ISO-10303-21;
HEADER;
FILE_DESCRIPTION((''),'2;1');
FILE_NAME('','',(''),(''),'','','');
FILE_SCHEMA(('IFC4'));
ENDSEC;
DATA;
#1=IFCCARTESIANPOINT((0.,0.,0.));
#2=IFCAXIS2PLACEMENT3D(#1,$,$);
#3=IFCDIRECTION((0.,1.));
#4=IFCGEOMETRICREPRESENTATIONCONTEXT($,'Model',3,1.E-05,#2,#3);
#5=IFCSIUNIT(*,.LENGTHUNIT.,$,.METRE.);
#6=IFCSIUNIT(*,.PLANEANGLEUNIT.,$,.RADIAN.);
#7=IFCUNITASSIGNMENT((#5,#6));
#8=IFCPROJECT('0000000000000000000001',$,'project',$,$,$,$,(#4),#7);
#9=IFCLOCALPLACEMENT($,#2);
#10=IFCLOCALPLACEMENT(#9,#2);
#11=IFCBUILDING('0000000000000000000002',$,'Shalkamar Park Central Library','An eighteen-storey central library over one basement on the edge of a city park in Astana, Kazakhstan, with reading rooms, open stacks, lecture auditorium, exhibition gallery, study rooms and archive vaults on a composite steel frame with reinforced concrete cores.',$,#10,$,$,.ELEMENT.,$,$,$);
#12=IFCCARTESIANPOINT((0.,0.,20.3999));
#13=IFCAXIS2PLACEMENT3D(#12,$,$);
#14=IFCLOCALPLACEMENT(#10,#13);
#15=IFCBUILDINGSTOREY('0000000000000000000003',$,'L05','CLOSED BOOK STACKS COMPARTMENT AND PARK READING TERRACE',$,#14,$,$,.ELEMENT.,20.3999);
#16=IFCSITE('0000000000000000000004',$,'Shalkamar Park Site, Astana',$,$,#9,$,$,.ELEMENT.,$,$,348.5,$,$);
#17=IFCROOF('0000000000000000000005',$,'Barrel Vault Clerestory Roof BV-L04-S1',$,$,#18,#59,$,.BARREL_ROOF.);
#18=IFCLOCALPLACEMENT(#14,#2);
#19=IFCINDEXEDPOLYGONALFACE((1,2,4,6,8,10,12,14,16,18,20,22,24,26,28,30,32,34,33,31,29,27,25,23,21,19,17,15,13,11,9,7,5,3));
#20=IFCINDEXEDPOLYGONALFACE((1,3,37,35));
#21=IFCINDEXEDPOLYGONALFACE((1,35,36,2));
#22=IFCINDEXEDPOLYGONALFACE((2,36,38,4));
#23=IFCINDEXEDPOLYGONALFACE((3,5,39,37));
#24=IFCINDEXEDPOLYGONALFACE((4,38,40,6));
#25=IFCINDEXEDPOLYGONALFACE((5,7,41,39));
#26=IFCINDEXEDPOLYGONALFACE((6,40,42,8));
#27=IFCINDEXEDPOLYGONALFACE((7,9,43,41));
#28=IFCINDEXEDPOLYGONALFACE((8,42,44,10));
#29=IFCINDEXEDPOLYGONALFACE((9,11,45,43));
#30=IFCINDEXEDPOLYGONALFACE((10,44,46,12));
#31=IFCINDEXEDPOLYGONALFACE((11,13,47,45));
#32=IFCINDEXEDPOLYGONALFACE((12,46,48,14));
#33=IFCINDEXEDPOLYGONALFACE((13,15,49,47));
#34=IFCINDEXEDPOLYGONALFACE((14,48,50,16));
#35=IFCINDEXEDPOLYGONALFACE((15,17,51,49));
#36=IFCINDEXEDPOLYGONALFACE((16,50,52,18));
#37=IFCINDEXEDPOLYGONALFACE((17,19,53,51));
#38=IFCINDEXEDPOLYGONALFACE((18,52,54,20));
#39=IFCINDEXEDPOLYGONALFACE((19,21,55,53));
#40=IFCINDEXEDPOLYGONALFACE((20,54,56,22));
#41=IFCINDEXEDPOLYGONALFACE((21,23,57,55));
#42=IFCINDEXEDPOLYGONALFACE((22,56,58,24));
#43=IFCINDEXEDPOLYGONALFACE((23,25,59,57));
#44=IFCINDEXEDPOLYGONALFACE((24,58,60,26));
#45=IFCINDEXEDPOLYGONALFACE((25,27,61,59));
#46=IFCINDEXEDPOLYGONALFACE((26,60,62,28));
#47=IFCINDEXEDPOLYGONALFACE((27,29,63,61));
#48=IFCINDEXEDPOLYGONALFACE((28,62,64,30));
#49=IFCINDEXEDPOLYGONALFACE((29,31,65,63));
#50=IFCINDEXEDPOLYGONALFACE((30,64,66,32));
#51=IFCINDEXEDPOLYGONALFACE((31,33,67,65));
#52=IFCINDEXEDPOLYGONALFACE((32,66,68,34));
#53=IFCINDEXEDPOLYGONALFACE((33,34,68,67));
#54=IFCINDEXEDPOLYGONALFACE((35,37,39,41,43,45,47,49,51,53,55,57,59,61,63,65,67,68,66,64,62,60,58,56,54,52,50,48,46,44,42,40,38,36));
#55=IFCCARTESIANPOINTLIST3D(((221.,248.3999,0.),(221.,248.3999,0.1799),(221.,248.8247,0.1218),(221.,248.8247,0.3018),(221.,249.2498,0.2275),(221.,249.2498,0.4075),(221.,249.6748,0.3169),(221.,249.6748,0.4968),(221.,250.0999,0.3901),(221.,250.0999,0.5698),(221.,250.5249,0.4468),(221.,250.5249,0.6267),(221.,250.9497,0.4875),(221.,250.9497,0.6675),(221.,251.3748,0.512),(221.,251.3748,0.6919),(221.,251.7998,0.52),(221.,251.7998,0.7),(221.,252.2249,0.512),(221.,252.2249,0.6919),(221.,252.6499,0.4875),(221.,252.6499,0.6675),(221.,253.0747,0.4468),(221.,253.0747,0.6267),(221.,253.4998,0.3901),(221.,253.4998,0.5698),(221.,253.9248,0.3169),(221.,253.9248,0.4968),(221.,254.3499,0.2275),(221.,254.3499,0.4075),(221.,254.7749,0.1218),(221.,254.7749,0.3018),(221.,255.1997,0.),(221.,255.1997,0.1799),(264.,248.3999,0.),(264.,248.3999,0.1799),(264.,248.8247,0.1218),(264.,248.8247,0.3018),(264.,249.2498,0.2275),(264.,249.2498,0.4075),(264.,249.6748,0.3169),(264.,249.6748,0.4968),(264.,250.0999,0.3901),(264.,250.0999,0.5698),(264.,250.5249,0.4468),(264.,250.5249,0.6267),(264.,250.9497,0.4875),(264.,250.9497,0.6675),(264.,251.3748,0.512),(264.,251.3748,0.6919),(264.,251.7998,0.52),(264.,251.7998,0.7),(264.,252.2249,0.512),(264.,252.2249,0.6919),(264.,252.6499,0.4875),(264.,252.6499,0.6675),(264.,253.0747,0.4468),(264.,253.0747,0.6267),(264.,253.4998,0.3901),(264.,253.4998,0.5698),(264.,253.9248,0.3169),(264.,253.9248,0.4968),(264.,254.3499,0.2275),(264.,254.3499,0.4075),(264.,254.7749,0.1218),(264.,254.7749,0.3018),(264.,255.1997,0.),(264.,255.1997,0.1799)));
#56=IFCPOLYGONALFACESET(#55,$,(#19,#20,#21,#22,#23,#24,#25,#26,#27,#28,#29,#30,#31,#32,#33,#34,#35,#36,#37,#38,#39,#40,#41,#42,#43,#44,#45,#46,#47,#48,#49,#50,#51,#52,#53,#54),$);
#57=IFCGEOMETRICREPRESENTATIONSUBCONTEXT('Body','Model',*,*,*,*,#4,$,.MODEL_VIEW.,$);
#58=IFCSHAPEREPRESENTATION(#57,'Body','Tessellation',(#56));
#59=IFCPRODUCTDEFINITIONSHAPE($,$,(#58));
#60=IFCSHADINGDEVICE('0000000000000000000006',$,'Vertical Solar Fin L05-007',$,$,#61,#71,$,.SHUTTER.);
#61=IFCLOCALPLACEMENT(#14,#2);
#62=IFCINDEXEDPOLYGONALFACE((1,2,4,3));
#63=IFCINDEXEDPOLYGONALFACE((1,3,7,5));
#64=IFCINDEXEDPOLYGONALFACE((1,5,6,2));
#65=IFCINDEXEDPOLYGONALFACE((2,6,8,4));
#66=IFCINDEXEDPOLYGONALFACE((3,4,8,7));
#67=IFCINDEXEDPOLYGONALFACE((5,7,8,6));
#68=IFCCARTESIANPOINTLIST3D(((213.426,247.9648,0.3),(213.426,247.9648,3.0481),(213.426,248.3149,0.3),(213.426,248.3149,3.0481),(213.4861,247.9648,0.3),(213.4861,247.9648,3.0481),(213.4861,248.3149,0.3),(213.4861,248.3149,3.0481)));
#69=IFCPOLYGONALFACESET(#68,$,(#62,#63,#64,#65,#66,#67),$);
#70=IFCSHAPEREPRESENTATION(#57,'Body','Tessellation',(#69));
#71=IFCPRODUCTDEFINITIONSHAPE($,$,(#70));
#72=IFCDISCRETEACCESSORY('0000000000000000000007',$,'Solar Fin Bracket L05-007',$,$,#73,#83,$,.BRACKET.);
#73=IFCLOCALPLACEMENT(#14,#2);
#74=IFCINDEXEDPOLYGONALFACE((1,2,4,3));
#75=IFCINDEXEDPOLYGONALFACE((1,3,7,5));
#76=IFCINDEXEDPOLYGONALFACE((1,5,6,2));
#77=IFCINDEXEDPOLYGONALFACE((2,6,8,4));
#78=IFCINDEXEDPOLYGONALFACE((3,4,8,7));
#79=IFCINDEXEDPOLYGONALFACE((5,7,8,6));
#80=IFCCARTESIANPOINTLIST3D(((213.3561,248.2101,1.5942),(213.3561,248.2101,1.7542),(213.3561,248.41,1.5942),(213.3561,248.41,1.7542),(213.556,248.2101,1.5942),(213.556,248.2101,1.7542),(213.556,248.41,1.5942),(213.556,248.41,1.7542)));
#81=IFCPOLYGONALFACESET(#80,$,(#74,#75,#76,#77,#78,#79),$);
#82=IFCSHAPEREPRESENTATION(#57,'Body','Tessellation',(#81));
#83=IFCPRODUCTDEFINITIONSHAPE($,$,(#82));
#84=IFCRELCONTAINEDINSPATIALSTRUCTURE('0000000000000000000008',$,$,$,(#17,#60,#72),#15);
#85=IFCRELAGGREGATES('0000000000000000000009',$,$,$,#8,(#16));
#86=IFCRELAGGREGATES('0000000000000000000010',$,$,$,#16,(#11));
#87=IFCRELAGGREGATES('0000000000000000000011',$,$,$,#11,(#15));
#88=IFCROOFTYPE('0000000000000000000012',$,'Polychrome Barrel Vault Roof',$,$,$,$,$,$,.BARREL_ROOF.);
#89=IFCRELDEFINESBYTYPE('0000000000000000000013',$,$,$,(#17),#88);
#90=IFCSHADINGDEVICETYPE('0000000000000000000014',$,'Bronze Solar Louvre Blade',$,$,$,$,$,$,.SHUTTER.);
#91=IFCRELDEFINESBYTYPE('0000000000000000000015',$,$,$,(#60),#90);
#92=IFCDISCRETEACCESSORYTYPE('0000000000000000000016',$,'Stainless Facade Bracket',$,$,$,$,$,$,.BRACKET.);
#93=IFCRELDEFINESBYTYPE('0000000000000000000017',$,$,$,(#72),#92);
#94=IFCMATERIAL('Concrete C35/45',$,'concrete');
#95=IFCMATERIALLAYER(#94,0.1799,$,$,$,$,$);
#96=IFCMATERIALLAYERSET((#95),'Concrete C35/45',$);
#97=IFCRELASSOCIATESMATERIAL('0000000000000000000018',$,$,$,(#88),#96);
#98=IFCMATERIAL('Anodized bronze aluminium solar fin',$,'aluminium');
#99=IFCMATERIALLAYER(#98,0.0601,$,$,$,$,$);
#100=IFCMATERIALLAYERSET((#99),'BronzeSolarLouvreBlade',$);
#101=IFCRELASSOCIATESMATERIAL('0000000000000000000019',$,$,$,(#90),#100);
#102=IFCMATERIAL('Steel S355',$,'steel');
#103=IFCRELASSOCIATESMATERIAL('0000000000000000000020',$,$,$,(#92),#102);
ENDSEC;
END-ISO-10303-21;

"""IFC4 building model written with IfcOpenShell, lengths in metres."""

from ifc_helpers import new_model, si_unit, direction, frame, origin, origin_2d, place, context, subcontext, project, spatial, polyline, rectangle, outline, extrude, material, layer, layer_set, type_object, element, save


model = new_model("IFC4")

# Units and contexts
model_context = context("Model", 3, precision=1e-05, world=origin(), true_north=direction((0.0, 1.0)))
body_context = subcontext(model_context, "Body", "Model", "MODEL_VIEW")
ifc_project = project(units=[si_unit("LENGTHUNIT", "METRE"), si_unit("PLANEANGLEUNIT", "RADIAN")], contexts=[model_context])

# Site, building, storey
site_placement = place(None, origin())
site = spatial("IfcSite", under=ifc_project, at=site_placement, Name="Shalkamar Park Site, Astana", CompositionType="ELEMENT", RefElevation=348.5)
building_placement = place(site_placement, origin())
building = spatial("IfcBuilding", under=site, at=building_placement, Name="Shalkamar Park Central Library", Description="An eighteen-storey central library over one basement on the edge of a city park in Astana, Kazakhstan, with reading rooms, open stacks, lecture auditorium, exhibition gallery, study rooms and archive vaults on a composite steel frame with reinforced concrete cores.", CompositionType="ELEMENT")
storey_placement = place(building_placement, frame((0.0, 0.0, 20.3999)))
storey = spatial("IfcBuildingStorey", under=building, at=storey_placement, Name="L05", Description="CLOSED BOOK STACKS COMPARTMENT AND PARK READING TERRACE", CompositionType="ELEMENT", Elevation=20.3999)

# Shared definitions
ifc_material_1 = material(Name="Steel S355", Category="steel")

# Roof
ifc_material_2 = material(Name="Concrete C35/45", Category="concrete")
ifc_layer_1 = layer(ifc_material_2, 0.1799)
ifc_layer_set_1 = layer_set([ifc_layer_1], Name="Concrete C35/45")
roof_type = type_object("IfcRoofType", Name="Polychrome Barrel Vault Roof", PredefinedType="BARREL_ROOF", material=ifc_layer_set_1)
roof_placement = place(storey_placement, frame((221.0, 251.7998, 0.0), z_axis=(0.0, 0.0, 1.0), x_axis=(1.0, 0.0, 0.0)))
element("IfcRoof", 1, at=roof_placement, inside=storey, type_object=roof_type, Name="Barrel Vault Clerestory Roof BV-L04-S1", PredefinedType="BARREL_ROOF", context=body_context, shape_type="SweptSolid", body=[
    extrude(outline(polyline([(-3.3999, 0.1799), (-2.9751, 0.3018), (-2.55, 0.4075), (-2.125, 0.4968), (-1.7, 0.5698), (-1.2749, 0.6267), (-0.8501, 0.6675), (-0.425, 0.6919), (0.0, 0.7), (0.425, 0.6919), (0.8501, 0.6675), (1.2749, 0.6267), (1.7, 0.5698), (2.125, 0.4968), (2.55, 0.4075), (2.9751, 0.3018), (3.3999, 0.1799), (3.3999, 0.0), (2.9751, 0.1218), (2.55, 0.2275), (2.125, 0.3169), (1.7, 0.3901), (1.2749, 0.4468), (0.8501, 0.4875), (0.425, 0.512), (0.0, 0.52), (-0.425, 0.512), (-0.8501, 0.4875), (-1.2749, 0.4468), (-1.7, 0.3901), (-2.125, 0.3169), (-2.55, 0.2275), (-2.9751, 0.1218), (-3.3999, 0.0), (-3.3999, 0.1799)])), frame((0.0, 0.0, 0.0), z_axis=(1.0, 0.0, 0.0), x_axis=(0.0, 1.0, 0.0)), (0.0, 0.0, 1.0), 43.0),
])

# Shading device
ifc_material_3 = material(Name="Anodized bronze aluminium solar fin", Category="aluminium")
ifc_layer_2 = layer(ifc_material_3, 0.0601)
ifc_layer_set_2 = layer_set([ifc_layer_2], Name="BronzeSolarLouvreBlade")
shading_device_type = type_object("IfcShadingDeviceType", Name="Bronze Solar Louvre Blade", PredefinedType="SHUTTER", material=ifc_layer_set_2)
shading_device_placement = place(storey_placement, frame((213.4561, 248.1399, 0.3), z_axis=(0.0, 0.0, 1.0), x_axis=(1.0, 0.0, 0.0)))
element("IfcShadingDevice", 2, at=shading_device_placement, inside=storey, type_object=shading_device_type, Name="Vertical Solar Fin L05-007", PredefinedType="SHUTTER", context=body_context, shape_type="SweptSolid", body=[
    extrude(rectangle(XDim=0.0601, YDim=0.3501, at=origin_2d()), origin(), (0.0, 0.0, 1.0), 2.748),
])

# Discrete accessory
discrete_accessory_type = type_object("IfcDiscreteAccessoryType", Name="Stainless Facade Bracket", PredefinedType="BRACKET", material=ifc_material_1)
discrete_accessory_placement = place(storey_placement, frame((213.4561, 248.3101, 1.5942), z_axis=(0.0, 0.0, 1.0), x_axis=(1.0, 0.0, 0.0)))
element("IfcDiscreteAccessory", 3, at=discrete_accessory_placement, inside=storey, type_object=discrete_accessory_type, Name="Solar Fin Bracket L05-007", PredefinedType="BRACKET", context=body_context, shape_type="SweptSolid", body=[
    extrude(rectangle(XDim=0.2, YDim=0.2, at=origin_2d()), origin(), (0.0, 0.0, 1.0), 0.1599),
])

save(model, "model.ifc")
